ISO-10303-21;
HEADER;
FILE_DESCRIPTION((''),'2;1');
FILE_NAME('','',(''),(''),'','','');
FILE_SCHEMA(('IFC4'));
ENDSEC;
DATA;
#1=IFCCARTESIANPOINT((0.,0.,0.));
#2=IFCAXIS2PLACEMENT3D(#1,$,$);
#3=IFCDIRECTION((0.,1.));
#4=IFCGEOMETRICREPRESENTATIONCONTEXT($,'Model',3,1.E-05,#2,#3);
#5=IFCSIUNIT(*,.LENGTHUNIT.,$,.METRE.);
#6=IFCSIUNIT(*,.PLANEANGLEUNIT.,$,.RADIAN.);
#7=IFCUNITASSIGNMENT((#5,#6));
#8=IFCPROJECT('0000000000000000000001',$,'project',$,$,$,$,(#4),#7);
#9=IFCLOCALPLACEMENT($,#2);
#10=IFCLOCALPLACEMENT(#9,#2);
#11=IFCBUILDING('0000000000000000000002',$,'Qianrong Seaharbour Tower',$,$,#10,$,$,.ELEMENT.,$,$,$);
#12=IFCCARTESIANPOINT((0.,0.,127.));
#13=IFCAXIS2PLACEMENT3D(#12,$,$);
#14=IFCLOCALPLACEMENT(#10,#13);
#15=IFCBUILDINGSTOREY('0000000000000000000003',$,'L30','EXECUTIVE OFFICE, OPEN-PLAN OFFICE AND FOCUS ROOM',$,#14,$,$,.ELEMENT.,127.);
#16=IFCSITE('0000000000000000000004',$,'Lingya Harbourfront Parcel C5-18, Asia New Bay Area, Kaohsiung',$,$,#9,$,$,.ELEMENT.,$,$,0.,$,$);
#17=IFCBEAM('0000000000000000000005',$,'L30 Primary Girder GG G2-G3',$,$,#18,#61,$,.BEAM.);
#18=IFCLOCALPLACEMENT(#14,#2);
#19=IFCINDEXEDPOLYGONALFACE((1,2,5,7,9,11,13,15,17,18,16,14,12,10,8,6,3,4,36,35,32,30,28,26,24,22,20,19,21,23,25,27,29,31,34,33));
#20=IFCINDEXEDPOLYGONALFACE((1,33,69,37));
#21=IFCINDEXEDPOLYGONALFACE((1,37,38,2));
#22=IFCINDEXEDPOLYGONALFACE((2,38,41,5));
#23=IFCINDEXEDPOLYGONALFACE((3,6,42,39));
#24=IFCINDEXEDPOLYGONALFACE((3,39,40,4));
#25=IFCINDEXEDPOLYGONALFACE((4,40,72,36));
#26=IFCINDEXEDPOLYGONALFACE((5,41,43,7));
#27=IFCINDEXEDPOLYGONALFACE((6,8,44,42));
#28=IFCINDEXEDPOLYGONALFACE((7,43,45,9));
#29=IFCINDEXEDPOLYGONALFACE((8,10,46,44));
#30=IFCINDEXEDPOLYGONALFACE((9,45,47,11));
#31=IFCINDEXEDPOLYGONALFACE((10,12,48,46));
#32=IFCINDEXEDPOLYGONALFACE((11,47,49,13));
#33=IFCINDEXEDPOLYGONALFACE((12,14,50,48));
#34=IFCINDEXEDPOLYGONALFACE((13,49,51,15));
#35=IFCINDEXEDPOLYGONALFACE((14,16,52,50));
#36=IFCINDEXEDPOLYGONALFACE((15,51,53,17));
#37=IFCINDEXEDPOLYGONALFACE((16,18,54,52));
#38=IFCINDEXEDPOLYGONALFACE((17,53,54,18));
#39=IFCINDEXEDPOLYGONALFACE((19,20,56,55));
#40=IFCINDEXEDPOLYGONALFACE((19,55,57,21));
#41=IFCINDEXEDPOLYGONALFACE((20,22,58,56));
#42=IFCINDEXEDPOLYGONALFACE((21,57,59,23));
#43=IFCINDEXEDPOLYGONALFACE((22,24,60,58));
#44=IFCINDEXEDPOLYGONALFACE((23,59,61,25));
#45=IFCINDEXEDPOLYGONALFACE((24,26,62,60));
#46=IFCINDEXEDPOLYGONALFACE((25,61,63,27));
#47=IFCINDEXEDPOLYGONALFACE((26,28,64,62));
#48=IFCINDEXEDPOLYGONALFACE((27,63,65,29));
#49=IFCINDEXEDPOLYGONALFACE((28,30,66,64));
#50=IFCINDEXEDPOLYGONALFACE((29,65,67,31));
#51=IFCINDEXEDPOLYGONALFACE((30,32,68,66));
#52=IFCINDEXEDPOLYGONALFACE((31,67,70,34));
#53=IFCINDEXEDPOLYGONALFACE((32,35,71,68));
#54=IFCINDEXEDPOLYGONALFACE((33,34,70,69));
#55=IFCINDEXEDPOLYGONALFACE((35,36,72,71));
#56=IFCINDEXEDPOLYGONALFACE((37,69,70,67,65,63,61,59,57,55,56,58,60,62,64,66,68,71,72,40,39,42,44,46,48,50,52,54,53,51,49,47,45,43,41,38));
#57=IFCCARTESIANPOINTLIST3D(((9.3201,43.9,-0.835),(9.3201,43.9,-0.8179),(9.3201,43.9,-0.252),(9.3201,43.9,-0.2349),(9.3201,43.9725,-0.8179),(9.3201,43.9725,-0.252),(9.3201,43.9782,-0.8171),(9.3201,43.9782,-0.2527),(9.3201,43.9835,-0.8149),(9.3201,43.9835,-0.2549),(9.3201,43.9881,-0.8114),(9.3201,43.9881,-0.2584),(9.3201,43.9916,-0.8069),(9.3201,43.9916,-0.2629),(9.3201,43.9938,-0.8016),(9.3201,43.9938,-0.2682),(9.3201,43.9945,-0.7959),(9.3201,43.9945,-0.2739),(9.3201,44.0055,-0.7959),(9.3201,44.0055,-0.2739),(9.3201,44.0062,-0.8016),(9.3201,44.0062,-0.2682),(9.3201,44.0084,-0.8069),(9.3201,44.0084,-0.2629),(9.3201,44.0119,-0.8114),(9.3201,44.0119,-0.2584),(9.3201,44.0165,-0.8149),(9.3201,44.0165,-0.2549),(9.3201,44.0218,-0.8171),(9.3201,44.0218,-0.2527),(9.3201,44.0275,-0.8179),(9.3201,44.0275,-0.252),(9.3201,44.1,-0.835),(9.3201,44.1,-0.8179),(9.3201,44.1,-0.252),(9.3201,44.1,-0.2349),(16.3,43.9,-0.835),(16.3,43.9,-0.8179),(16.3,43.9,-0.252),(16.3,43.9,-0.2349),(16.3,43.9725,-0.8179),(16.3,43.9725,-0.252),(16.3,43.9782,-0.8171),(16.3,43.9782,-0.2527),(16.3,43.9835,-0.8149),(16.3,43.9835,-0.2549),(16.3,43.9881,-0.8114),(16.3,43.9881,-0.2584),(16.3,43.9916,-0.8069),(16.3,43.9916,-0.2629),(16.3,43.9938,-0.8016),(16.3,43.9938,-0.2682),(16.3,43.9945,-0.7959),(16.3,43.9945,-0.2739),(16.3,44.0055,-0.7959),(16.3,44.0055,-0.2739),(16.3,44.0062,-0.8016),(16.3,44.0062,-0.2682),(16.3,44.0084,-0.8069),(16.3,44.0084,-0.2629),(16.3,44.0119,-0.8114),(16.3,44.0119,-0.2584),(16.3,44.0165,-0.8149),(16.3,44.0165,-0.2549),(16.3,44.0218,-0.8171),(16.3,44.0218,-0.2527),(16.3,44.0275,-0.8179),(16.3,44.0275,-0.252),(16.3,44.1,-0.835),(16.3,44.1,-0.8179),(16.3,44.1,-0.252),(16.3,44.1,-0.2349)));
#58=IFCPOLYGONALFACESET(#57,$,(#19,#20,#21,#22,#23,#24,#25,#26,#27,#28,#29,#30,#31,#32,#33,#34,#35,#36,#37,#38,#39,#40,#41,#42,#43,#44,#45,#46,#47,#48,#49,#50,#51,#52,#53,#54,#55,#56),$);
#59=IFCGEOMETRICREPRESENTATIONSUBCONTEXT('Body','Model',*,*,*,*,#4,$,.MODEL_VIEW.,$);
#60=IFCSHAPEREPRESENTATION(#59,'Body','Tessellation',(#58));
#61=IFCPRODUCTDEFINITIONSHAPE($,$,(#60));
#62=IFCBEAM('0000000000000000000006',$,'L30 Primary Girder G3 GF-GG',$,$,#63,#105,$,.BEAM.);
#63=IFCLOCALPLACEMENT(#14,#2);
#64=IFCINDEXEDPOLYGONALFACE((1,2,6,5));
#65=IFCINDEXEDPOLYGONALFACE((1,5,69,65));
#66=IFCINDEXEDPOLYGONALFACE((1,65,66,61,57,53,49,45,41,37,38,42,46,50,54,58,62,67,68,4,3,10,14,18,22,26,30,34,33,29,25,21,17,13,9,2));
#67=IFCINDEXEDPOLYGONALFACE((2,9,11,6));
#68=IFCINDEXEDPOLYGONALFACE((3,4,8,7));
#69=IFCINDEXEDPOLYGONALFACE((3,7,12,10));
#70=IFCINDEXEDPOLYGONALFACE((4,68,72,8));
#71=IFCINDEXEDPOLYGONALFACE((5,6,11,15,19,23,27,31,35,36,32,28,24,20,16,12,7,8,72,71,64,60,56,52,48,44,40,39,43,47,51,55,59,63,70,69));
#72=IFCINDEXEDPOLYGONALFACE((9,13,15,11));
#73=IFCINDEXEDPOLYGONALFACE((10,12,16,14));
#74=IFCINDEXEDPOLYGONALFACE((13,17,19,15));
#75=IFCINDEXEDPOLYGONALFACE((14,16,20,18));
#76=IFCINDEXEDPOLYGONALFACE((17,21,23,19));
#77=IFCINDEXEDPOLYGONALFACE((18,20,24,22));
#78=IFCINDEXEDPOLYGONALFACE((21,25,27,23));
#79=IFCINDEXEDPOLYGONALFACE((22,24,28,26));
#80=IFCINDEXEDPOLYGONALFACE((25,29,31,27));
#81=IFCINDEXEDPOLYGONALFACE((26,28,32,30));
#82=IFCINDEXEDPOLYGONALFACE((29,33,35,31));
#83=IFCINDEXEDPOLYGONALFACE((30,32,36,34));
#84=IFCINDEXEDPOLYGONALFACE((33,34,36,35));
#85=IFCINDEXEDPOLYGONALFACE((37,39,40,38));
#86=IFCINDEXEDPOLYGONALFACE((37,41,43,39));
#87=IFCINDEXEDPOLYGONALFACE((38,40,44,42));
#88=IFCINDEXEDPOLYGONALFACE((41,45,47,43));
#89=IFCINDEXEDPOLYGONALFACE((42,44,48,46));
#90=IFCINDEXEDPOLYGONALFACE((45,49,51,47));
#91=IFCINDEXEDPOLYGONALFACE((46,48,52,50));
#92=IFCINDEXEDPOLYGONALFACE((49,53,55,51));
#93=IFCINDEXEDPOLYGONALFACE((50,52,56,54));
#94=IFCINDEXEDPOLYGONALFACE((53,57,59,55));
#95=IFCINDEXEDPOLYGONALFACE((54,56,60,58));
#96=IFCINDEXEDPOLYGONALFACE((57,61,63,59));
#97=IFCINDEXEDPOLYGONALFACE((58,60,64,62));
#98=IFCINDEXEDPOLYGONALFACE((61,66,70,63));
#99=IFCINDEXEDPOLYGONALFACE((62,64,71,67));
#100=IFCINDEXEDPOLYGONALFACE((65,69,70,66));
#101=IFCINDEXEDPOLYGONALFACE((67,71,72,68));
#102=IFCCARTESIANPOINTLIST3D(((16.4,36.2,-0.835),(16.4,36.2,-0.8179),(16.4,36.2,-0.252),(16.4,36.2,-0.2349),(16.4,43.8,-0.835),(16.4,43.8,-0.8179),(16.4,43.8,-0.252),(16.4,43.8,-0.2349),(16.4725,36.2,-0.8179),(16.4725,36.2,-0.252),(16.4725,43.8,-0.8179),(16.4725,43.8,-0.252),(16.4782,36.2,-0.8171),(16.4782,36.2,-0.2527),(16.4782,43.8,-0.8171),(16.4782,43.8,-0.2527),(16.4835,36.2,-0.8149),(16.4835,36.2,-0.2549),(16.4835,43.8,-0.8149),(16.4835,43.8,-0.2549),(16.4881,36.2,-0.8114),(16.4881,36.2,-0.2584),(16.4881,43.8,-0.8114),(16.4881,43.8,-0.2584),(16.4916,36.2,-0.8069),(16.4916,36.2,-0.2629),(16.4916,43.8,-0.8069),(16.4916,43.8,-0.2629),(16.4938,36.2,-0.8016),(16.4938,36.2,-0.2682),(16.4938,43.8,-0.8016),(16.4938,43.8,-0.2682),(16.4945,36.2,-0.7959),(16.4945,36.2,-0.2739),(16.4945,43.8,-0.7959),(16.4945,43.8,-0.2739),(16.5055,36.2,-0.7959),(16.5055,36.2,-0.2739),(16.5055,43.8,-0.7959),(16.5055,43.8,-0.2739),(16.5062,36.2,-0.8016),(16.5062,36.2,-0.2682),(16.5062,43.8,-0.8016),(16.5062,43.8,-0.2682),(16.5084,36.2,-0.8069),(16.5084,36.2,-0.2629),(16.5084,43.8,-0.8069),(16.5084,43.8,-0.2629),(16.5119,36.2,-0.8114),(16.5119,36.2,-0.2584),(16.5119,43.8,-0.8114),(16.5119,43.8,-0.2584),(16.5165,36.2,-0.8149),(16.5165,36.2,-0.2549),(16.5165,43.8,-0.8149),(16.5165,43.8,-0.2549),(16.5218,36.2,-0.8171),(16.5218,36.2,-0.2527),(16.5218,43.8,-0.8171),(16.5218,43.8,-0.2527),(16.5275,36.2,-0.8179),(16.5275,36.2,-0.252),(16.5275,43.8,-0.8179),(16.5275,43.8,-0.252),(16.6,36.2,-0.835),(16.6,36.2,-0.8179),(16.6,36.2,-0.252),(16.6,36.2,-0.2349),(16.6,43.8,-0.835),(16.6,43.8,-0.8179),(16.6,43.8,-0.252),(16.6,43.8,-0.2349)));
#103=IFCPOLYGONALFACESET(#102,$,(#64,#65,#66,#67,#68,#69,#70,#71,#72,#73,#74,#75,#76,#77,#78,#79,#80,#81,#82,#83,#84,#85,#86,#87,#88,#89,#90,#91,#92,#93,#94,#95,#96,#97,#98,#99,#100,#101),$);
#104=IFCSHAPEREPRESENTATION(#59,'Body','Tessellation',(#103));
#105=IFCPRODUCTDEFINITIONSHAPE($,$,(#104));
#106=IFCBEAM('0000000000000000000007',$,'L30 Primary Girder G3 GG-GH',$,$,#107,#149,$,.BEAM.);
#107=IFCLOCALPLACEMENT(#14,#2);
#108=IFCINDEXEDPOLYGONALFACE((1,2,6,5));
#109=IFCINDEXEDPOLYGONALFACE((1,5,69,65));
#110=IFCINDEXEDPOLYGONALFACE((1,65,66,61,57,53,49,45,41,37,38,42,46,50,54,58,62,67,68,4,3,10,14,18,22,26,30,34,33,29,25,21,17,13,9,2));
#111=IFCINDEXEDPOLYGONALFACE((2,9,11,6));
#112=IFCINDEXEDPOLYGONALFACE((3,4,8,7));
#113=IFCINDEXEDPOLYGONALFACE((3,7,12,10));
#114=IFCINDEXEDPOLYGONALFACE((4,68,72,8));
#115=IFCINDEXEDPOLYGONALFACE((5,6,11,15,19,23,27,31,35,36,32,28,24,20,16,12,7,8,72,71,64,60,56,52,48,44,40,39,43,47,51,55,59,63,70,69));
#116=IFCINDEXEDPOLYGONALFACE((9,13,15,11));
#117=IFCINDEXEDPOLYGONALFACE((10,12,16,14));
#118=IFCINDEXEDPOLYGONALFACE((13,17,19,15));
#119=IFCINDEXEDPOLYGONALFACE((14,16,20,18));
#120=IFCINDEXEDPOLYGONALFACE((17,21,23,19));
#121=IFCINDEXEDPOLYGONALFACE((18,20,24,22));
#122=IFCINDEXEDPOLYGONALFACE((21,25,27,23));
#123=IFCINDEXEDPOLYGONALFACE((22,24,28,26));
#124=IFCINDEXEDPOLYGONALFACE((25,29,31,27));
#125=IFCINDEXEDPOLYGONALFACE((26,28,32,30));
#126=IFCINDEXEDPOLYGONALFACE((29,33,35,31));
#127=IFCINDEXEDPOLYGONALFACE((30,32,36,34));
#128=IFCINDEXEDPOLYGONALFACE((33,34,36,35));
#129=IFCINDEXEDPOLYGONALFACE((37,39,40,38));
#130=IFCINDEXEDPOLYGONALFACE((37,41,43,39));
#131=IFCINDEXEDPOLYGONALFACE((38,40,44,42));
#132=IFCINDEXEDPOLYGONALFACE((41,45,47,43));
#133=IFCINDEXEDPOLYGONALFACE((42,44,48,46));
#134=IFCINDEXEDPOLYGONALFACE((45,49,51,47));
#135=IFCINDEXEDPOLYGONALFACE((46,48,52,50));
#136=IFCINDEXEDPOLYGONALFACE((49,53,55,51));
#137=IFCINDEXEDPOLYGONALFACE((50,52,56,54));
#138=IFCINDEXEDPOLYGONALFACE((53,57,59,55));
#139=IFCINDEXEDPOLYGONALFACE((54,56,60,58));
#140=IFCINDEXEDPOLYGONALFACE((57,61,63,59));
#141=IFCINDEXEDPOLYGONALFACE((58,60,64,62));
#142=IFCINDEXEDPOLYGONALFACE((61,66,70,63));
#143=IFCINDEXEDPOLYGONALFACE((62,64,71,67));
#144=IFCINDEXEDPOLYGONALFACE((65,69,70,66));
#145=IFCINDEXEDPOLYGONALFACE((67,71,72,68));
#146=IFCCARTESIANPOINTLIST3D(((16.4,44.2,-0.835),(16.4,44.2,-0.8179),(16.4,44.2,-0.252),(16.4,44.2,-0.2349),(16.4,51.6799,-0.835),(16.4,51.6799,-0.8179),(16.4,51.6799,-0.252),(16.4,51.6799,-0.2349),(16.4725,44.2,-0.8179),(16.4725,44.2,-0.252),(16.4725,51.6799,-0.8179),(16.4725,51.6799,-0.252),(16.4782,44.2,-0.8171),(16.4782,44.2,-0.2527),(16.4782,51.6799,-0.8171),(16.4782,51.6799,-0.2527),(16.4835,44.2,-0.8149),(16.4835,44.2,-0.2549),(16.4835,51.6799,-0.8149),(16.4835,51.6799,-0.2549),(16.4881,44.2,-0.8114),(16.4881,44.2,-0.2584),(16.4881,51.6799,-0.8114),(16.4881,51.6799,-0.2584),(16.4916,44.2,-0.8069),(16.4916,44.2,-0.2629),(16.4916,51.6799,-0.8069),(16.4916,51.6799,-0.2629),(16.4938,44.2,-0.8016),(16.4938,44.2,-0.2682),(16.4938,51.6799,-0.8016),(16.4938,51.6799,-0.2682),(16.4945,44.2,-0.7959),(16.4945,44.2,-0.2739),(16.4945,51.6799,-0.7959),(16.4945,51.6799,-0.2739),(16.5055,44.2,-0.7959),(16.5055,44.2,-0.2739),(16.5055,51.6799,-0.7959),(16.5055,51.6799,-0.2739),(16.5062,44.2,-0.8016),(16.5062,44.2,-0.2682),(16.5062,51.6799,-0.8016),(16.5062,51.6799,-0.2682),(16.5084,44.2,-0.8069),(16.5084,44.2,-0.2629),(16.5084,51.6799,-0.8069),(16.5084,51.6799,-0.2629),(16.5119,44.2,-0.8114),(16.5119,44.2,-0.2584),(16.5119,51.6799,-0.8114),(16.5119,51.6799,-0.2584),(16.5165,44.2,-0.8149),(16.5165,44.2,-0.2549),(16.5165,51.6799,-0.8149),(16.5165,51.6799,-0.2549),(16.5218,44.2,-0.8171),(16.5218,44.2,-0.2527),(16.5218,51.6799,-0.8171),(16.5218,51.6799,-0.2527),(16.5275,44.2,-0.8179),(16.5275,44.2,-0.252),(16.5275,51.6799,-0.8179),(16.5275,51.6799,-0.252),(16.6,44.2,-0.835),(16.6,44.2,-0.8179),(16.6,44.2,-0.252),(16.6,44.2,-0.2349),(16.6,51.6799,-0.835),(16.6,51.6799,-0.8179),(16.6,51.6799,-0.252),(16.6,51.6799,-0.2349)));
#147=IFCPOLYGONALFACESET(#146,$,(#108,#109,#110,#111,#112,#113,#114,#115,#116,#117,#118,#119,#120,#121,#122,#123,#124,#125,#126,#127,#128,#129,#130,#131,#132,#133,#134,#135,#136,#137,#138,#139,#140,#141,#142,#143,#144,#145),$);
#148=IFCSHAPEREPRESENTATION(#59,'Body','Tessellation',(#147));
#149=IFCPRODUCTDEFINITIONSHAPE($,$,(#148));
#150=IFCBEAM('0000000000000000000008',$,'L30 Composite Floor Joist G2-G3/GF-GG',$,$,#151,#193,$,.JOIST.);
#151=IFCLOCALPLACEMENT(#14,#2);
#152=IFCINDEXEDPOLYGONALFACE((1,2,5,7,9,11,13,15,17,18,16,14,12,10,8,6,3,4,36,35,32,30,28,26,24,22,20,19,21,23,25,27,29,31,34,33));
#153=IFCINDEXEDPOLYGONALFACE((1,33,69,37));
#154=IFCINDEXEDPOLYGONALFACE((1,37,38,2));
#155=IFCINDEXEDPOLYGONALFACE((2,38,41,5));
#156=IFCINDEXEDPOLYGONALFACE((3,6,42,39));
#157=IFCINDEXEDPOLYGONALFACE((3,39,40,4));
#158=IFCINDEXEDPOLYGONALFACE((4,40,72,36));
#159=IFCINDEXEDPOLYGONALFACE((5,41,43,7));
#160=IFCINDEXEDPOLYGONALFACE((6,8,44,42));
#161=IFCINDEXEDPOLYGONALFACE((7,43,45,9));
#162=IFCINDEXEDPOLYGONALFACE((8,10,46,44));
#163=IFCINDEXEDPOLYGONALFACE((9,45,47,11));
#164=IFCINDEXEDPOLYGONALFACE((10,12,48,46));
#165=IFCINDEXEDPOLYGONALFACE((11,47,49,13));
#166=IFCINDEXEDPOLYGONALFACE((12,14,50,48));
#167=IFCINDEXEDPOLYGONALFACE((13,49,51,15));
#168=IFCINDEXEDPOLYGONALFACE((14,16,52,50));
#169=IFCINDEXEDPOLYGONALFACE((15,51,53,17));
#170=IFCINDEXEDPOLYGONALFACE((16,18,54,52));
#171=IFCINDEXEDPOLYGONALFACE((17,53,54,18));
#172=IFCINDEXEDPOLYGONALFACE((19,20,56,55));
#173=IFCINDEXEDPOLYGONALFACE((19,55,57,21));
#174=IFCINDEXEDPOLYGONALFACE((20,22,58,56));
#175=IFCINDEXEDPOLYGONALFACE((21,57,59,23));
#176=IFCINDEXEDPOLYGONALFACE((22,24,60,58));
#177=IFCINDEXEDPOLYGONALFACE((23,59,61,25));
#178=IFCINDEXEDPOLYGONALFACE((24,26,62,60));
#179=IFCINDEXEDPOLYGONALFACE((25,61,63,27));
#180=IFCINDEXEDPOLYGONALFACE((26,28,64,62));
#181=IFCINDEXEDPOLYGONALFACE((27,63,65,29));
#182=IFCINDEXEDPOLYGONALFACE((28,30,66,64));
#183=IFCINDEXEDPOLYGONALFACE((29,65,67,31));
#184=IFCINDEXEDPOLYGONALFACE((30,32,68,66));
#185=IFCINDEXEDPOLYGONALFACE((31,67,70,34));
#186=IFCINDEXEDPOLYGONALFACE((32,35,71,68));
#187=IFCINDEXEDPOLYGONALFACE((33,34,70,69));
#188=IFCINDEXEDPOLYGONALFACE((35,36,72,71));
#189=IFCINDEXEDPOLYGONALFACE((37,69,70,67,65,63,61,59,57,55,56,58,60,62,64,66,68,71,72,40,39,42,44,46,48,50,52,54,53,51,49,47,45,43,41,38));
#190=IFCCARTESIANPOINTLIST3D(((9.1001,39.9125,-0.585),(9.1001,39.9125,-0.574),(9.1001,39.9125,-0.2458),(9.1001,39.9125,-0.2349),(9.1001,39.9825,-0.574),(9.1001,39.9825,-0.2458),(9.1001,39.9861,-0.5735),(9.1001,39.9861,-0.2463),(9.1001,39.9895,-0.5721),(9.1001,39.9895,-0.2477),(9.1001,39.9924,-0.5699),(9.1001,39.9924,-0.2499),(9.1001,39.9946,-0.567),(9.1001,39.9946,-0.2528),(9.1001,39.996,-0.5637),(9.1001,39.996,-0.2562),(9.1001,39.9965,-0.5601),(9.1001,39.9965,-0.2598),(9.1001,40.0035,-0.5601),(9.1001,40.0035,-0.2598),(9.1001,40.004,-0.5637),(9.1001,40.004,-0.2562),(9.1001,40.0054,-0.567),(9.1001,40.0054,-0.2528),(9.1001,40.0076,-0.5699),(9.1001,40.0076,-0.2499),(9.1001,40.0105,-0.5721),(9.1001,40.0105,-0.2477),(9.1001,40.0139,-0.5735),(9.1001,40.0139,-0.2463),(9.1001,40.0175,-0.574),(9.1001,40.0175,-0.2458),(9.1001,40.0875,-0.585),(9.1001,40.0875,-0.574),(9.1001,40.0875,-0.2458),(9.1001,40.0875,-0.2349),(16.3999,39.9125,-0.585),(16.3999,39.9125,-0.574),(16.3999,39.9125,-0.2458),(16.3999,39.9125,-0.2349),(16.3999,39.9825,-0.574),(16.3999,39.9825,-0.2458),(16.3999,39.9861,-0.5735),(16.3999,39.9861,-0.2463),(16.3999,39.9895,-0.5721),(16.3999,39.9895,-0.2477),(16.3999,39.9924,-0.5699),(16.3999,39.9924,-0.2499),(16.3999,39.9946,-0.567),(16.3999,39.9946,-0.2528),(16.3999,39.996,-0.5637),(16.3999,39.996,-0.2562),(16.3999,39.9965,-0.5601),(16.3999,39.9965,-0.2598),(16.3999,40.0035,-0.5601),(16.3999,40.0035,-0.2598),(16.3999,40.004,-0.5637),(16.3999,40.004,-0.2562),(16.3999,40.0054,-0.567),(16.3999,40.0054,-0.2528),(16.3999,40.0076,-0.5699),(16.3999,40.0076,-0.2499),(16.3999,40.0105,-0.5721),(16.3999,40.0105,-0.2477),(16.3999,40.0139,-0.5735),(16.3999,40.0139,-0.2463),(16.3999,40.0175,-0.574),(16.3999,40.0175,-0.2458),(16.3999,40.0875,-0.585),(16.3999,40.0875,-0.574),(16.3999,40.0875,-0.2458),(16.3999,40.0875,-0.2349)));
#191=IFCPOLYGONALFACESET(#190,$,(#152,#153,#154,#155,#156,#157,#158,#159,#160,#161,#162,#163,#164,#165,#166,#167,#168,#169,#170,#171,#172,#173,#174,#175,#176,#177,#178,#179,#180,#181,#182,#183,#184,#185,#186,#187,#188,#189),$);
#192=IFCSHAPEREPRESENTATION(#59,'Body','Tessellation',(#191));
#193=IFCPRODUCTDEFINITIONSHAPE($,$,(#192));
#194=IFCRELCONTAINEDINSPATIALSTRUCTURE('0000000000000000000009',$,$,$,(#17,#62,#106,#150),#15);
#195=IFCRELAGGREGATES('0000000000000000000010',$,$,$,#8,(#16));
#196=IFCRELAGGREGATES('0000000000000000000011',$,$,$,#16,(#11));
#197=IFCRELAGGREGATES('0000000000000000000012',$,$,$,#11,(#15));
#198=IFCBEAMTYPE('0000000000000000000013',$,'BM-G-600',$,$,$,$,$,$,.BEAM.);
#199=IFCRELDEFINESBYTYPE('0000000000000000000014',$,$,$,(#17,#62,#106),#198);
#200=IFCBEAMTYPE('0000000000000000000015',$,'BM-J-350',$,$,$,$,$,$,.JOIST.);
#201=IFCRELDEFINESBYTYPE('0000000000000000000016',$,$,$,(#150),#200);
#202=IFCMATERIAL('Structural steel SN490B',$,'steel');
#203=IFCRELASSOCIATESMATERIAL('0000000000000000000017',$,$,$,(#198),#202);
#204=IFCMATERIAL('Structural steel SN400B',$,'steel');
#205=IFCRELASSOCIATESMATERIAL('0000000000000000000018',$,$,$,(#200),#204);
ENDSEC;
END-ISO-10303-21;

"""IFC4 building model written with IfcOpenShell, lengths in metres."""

from ifc_helpers import new_model, si_unit, direction, frame, origin, origin_2d, place, context, subcontext, project, spatial, i_section, extrude, material, material_profile, profile_set, type_object, element, save


model = new_model("IFC4")

# Units and contexts
model_context = context("Model", 3, precision=1e-05, world=origin(), true_north=direction((0.0, 1.0)))
body_context = subcontext(model_context, "Body", "Model", "MODEL_VIEW")
ifc_project = project(units=[si_unit("LENGTHUNIT", "METRE"), si_unit("PLANEANGLEUNIT", "RADIAN")], contexts=[model_context])

# Site, building, storey
site_placement = place(None, origin())
site = spatial("IfcSite", under=ifc_project, at=site_placement, Name="Lingya Harbourfront Parcel C5-18, Asia New Bay Area, Kaohsiung", CompositionType="ELEMENT", RefElevation=0.0)
building_placement = place(site_placement, origin())
building = spatial("IfcBuilding", under=site, at=building_placement, Name="Qianrong Seaharbour Tower", CompositionType="ELEMENT")
storey_placement = place(building_placement, frame((0.0, 0.0, 127.0)))
storey = spatial("IfcBuildingStorey", under=building, at=storey_placement, Name="L30", Description="EXECUTIVE OFFICE, OPEN-PLAN OFFICE AND FOCUS ROOM", CompositionType="ELEMENT", Elevation=127.0)

# Shared definitions
ifc_material_1 = material(Name="Structural steel SN490B", Category="steel")

# Beams
ifc_material_profile_1 = material_profile(ifc_material_1, i_section(OverallWidth=0.2, OverallDepth=0.6001, WebThickness=0.011, FlangeThickness=0.0171, FilletRadius=0.022, at=origin_2d()), Name="H600x200x11x17")
ifc_profile_set_1 = profile_set([ifc_material_profile_1], Name="Structural steel SN490B")
beam_type_1 = type_object("IfcBeamType", Name="BM-G-600", PredefinedType="BEAM", material=ifc_profile_set_1)
for number, where, z_axis, x_axis, name in (
    (1, (9.3201, 44.0, -0.5349), (1.0, 0.0, 0.0), (0.0, 1.0, 0.0), "L30 Primary Girder GG G2-G3"),
):
    element("IfcBeam", number, at=place(storey_placement, frame(where, z_axis=z_axis, x_axis=x_axis)), inside=storey, type_object=beam_type_1, Name=name, PredefinedType="BEAM", context=body_context, shape_type="SweptSolid", body=[
        extrude(i_section(OverallWidth=0.2, OverallDepth=0.6001, WebThickness=0.011, FlangeThickness=0.0171, FilletRadius=0.022, at=origin_2d()), origin(), (0.0, 0.0, 1.0), 6.98),
    ])
beam_1_placement = place(storey_placement, frame((16.5, 36.2, -0.5349), z_axis=(0.0, 1.0, 0.0), x_axis=(-1.0, 0.0, 0.0)))
element("IfcBeam", 2, at=beam_1_placement, inside=storey, type_object=beam_type_1, Name="L30 Primary Girder G3 GF-GG", PredefinedType="BEAM", context=body_context, shape_type="SweptSolid", body=[
    extrude(i_section(OverallWidth=0.2, OverallDepth=0.6001, WebThickness=0.011, FlangeThickness=0.0171, FilletRadius=0.022, at=origin_2d()), origin(), (0.0, 0.0, 1.0), 7.6001),
])
beam_2_placement = place(storey_placement, frame((16.5, 44.2, -0.5349), z_axis=(0.0, 1.0, 0.0), x_axis=(-1.0, 0.0, 0.0)))
element("IfcBeam", 3, at=beam_2_placement, inside=storey, type_object=beam_type_1, Name="L30 Primary Girder G3 GG-GH", PredefinedType="BEAM", context=body_context, shape_type="SweptSolid", body=[
    extrude(i_section(OverallWidth=0.2, OverallDepth=0.6001, WebThickness=0.011, FlangeThickness=0.0171, FilletRadius=0.022, at=origin_2d()), origin(), (0.0, 0.0, 1.0), 7.48),
])
ifc_material_2 = material(Name="Structural steel SN400B", Category="steel")
ifc_material_profile_2 = material_profile(ifc_material_2, i_section(OverallWidth=0.175, OverallDepth=0.3501, WebThickness=0.0071, FlangeThickness=0.011, FilletRadius=0.0139, at=origin_2d()), Name="H350x175x7x11")
ifc_profile_set_2 = profile_set([ifc_material_profile_2], Name="Structural steel SN400B")
beam_type_2 = type_object("IfcBeamType", Name="BM-J-350", PredefinedType="JOIST", material=ifc_profile_set_2)
beam_3_placement = place(storey_placement, frame((9.1001, 40.0, -0.4099), z_axis=(1.0, 0.0, 0.0), x_axis=(0.0, 1.0, 0.0)))
element("IfcBeam", 4, at=beam_3_placement, inside=storey, type_object=beam_type_2, Name="L30 Composite Floor Joist G2-G3/GF-GG", PredefinedType="JOIST", context=body_context, shape_type="SweptSolid", body=[
    extrude(i_section(OverallWidth=0.175, OverallDepth=0.3501, WebThickness=0.0071, FlangeThickness=0.011, FilletRadius=0.0139, at=origin_2d()), origin(), (0.0, 0.0, 1.0), 7.2998),
])

save(model, "model.ifc")
